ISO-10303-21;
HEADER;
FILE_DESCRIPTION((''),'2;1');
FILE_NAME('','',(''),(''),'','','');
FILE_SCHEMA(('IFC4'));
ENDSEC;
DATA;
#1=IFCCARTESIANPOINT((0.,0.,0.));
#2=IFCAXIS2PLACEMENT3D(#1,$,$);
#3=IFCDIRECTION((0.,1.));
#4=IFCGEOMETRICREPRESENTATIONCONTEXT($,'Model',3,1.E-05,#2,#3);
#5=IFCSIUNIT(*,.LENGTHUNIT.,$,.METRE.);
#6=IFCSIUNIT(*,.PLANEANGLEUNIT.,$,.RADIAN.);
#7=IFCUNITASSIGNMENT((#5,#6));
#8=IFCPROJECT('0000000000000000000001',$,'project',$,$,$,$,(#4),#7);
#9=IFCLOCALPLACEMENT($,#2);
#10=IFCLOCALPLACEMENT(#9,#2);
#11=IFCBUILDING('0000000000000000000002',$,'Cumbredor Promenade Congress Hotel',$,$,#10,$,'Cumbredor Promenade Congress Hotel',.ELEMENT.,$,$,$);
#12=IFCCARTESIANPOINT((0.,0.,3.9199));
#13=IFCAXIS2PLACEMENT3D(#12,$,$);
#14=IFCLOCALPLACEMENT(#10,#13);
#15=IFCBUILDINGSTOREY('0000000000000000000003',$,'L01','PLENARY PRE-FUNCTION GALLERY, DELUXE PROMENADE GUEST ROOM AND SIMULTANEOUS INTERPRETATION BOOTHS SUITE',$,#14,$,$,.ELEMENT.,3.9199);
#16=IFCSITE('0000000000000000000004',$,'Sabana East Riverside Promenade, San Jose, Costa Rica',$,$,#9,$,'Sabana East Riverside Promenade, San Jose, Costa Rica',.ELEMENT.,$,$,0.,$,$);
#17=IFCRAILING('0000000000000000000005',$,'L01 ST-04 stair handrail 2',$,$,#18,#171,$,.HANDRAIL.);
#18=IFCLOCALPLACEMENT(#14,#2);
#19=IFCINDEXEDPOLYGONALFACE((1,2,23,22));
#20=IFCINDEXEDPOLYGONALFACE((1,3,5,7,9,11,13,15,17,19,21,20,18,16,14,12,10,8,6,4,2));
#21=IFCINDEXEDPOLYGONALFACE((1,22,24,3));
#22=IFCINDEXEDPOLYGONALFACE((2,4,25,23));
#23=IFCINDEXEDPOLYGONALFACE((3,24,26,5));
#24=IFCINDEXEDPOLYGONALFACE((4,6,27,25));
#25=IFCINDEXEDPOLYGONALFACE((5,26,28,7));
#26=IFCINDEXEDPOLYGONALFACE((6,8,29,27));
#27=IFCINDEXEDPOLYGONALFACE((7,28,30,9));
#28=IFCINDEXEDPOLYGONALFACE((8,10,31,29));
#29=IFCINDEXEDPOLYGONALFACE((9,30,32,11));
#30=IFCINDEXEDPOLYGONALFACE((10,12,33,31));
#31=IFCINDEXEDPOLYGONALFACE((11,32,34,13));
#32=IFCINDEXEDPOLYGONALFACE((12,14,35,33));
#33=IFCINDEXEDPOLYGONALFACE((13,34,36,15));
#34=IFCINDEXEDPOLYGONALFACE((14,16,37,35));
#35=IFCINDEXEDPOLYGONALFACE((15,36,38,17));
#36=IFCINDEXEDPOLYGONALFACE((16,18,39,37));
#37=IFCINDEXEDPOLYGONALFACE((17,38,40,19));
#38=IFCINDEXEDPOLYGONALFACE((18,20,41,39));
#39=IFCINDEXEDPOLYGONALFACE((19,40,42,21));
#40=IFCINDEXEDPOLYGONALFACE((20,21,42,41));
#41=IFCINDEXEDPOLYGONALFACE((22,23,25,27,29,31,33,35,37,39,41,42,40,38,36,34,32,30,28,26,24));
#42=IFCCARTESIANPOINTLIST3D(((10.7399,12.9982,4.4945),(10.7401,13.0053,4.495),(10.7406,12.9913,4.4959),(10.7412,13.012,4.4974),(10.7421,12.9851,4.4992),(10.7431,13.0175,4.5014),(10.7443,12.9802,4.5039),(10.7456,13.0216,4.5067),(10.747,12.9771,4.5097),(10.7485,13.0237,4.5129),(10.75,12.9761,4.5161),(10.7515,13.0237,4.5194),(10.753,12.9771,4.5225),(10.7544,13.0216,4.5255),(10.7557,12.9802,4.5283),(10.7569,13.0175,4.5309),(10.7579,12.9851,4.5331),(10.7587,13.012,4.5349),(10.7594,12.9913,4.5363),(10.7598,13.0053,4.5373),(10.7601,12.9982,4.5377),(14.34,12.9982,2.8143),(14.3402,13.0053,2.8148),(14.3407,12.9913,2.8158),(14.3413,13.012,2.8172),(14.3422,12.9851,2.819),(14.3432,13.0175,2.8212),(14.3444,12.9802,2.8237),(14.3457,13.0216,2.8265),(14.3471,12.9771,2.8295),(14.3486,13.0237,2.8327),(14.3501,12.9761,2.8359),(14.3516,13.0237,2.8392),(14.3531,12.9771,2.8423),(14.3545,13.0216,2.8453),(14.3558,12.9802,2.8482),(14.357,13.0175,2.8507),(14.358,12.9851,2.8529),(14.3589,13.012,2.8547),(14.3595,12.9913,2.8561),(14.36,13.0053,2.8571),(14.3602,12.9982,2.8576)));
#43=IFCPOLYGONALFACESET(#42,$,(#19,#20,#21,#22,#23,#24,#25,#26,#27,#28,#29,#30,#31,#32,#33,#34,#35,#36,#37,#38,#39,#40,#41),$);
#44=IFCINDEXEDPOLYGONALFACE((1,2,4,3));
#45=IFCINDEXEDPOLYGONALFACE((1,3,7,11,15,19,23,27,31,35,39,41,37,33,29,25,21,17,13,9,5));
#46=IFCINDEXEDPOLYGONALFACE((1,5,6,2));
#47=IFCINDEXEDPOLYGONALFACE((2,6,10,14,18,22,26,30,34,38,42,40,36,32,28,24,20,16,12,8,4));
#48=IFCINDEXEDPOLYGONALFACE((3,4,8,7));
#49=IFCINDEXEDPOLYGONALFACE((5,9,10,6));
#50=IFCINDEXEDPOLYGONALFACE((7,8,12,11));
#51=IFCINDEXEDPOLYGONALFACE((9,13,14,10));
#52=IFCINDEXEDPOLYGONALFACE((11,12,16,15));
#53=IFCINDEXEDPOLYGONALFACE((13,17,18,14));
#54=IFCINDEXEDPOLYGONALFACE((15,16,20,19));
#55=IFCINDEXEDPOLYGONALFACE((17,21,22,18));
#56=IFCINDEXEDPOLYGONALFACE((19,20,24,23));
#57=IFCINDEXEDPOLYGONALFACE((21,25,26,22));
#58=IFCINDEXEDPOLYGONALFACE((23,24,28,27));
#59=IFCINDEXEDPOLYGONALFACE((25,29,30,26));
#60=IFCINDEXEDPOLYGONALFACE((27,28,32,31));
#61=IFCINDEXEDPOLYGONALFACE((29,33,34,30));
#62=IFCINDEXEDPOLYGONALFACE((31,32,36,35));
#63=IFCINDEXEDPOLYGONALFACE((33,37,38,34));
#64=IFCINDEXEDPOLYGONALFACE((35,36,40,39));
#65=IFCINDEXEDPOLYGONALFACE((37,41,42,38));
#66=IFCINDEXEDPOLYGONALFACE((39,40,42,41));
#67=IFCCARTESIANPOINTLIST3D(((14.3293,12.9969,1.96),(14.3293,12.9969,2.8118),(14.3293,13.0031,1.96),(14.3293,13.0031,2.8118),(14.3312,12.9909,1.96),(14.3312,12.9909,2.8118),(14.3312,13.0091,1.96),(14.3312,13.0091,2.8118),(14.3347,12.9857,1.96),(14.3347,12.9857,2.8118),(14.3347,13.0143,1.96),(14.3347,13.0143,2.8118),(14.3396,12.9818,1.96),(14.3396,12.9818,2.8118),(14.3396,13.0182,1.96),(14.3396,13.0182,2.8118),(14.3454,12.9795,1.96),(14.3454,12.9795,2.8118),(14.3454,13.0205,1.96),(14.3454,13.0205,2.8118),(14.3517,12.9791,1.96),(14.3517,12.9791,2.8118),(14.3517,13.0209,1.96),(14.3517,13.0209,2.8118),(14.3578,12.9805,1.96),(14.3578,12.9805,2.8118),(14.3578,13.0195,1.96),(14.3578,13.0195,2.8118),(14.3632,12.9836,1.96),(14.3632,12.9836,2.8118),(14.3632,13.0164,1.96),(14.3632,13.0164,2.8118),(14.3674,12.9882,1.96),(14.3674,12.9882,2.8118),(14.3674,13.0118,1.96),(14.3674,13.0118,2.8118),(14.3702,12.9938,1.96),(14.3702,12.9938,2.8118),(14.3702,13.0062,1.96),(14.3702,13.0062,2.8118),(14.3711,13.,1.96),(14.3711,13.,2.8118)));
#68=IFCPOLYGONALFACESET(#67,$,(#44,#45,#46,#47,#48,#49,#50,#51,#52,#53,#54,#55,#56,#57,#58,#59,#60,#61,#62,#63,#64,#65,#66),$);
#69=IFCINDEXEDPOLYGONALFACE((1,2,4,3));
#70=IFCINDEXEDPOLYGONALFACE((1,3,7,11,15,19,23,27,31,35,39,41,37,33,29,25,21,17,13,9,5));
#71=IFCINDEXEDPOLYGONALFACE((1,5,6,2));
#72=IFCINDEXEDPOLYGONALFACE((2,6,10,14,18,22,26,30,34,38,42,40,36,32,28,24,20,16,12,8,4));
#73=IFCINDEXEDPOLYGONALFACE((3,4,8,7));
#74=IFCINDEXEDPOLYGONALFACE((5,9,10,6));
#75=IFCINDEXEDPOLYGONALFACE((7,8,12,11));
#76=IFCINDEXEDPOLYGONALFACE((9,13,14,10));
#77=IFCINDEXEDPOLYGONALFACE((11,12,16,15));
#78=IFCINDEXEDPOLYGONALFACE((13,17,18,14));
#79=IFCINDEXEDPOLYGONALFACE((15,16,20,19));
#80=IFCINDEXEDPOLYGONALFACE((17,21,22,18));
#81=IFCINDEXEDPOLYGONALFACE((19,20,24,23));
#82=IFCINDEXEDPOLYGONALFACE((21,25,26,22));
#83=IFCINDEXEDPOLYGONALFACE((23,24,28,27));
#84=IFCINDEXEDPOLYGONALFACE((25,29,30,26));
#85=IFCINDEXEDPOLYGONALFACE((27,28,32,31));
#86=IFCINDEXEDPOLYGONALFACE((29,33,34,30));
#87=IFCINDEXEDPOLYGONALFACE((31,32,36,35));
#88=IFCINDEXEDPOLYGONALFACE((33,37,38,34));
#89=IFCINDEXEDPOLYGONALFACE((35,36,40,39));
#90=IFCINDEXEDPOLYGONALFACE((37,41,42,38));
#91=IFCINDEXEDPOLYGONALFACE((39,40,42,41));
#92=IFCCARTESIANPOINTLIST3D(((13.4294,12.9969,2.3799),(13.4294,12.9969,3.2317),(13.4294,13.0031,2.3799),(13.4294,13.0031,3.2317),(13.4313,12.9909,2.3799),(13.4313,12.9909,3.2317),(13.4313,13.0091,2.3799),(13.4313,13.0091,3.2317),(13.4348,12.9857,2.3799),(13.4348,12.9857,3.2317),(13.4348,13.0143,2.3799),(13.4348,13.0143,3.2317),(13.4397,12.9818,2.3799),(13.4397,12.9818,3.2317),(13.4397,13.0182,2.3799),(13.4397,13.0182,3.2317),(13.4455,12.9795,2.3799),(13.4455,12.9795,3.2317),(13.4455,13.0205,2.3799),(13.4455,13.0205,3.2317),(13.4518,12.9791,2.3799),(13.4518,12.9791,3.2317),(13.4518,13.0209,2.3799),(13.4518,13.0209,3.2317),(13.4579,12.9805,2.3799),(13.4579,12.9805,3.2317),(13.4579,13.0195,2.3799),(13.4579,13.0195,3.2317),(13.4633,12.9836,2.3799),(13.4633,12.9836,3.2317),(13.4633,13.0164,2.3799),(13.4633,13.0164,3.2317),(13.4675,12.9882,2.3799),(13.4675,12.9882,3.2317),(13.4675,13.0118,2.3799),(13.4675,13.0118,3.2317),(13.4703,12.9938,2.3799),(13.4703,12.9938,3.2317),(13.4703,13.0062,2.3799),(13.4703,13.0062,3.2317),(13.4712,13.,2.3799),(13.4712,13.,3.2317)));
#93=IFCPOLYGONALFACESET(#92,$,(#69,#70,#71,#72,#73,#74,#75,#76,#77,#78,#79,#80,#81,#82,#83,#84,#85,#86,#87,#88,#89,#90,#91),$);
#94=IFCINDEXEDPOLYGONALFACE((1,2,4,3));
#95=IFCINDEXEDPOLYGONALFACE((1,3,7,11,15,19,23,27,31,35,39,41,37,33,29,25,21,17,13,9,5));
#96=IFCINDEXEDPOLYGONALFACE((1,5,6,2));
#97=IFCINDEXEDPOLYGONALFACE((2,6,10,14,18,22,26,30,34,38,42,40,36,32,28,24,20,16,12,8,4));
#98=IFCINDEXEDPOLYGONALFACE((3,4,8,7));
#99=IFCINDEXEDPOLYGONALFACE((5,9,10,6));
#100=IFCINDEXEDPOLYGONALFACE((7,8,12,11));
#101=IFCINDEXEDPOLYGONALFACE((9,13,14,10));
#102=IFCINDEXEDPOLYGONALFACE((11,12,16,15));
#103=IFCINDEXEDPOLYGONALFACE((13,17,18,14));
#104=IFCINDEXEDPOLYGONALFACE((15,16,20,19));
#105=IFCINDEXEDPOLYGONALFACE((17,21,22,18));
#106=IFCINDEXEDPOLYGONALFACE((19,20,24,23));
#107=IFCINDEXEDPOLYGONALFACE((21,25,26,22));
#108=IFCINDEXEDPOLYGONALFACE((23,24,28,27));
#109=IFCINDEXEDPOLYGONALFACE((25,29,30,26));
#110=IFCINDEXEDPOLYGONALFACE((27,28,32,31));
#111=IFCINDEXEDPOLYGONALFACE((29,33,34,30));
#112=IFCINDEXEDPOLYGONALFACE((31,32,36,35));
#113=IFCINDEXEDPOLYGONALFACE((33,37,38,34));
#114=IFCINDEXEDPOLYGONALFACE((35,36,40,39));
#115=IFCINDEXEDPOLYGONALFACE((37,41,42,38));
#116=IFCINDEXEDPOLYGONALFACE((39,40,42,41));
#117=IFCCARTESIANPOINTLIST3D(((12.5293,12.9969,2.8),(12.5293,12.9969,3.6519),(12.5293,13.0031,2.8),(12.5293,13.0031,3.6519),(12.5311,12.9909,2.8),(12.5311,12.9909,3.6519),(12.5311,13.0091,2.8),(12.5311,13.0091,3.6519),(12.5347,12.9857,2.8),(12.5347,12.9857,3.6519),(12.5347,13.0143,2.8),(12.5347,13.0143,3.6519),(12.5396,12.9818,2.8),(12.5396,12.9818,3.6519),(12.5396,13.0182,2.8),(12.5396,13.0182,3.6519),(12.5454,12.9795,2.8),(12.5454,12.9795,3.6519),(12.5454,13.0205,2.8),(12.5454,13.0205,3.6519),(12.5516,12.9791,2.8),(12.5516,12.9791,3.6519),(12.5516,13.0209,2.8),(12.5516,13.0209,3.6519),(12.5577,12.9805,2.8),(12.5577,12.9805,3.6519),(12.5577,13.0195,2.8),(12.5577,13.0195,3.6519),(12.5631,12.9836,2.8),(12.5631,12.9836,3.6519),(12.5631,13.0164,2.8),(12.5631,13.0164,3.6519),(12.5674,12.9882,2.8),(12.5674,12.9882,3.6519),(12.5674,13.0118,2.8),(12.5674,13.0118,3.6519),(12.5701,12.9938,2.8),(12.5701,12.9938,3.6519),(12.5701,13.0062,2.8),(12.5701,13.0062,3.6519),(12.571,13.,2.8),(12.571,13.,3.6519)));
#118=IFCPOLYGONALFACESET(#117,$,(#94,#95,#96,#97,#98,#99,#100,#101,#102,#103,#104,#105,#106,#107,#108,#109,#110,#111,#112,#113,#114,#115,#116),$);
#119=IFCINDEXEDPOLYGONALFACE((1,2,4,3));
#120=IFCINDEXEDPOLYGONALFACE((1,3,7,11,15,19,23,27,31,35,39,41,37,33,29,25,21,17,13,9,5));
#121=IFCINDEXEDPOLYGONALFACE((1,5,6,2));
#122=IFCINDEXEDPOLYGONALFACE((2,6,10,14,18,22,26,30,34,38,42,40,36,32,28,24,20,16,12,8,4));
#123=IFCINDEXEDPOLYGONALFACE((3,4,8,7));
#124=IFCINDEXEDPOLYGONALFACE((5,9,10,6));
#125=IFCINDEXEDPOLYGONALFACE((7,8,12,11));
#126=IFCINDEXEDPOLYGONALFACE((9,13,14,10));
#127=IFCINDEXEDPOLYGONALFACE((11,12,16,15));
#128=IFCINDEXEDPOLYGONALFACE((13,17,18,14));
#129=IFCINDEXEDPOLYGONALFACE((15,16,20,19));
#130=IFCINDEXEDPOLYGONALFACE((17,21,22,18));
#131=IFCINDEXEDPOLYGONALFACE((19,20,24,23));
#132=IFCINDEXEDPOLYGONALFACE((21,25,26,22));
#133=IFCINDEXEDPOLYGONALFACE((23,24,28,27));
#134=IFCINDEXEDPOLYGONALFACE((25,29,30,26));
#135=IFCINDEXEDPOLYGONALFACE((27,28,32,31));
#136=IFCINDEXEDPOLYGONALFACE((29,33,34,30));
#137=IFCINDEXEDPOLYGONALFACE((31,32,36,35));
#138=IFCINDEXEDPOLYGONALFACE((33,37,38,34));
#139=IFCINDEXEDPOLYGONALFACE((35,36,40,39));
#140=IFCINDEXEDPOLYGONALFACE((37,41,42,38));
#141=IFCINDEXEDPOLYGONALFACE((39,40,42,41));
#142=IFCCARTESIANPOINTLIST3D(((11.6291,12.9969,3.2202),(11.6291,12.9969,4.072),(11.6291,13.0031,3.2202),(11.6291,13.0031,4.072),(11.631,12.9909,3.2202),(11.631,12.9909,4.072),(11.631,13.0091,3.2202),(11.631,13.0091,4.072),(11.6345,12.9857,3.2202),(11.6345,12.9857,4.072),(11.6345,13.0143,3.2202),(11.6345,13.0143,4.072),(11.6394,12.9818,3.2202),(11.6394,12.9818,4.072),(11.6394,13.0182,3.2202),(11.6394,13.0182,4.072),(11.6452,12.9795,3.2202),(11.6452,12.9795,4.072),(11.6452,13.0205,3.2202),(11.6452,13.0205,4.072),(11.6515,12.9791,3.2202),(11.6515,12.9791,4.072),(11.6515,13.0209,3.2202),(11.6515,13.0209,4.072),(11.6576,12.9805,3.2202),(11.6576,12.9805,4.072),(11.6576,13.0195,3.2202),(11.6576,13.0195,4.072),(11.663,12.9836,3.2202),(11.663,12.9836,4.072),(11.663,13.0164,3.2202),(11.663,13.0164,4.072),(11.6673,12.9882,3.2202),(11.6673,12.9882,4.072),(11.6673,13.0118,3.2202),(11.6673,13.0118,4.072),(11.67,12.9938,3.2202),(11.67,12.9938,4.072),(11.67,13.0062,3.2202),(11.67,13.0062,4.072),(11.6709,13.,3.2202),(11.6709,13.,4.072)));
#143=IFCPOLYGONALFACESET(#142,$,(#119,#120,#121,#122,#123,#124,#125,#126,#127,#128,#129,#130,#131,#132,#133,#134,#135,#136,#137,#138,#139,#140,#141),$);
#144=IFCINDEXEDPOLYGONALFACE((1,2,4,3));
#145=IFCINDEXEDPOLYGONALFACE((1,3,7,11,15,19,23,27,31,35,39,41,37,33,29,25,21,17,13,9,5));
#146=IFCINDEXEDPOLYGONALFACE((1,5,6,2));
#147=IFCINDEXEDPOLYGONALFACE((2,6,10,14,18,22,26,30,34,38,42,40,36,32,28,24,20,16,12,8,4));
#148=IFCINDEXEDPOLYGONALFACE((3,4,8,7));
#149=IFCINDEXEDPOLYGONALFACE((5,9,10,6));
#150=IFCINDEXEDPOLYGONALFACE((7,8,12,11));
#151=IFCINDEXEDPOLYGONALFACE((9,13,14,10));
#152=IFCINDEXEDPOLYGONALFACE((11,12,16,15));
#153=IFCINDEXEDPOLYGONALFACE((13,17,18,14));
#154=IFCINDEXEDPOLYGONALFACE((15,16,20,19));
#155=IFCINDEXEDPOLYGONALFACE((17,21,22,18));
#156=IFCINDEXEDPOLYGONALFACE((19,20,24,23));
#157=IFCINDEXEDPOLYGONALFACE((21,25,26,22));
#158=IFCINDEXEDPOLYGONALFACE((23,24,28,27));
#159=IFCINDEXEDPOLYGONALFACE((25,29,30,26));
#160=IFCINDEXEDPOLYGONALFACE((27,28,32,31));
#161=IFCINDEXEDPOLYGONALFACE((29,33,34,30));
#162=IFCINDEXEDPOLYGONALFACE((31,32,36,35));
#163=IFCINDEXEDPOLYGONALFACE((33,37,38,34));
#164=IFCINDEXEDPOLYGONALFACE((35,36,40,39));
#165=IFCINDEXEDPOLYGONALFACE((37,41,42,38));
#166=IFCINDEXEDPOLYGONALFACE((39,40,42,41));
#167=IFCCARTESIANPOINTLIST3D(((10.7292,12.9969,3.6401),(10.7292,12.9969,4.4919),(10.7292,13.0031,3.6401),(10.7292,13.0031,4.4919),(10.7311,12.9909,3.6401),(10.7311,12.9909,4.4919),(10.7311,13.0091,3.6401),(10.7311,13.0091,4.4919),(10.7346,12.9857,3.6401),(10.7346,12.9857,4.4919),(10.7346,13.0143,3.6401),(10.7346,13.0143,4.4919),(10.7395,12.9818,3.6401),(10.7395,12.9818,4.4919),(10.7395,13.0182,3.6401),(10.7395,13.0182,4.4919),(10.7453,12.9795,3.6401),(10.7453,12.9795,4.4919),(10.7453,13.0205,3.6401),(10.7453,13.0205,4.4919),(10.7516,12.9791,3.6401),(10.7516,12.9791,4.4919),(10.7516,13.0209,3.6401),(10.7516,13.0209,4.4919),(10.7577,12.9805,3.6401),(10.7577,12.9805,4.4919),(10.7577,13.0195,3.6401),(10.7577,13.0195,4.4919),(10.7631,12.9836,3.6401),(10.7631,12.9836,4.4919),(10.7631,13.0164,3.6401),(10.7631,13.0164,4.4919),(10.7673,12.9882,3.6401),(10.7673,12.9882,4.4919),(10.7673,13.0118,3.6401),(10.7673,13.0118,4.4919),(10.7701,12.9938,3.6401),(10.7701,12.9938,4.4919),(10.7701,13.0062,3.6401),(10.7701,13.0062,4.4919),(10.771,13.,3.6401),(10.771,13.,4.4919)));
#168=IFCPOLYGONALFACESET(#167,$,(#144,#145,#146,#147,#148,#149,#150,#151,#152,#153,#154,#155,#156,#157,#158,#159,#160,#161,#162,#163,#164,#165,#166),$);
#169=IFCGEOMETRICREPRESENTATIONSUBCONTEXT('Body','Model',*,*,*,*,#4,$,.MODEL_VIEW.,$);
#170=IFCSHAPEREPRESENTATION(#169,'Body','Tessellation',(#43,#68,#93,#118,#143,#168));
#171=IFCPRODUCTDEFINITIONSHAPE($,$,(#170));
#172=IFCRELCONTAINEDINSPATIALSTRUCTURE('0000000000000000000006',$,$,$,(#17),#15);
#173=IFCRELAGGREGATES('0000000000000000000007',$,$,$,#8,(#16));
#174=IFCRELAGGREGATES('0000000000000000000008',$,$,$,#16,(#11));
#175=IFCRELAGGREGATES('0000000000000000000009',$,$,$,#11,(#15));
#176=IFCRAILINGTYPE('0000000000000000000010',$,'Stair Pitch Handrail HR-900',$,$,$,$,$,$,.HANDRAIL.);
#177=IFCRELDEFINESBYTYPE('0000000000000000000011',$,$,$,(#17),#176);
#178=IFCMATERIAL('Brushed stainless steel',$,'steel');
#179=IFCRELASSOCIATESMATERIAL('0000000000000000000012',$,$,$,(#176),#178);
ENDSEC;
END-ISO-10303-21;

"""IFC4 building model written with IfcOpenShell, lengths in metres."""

from ifc_helpers import new_model, si_unit, direction, frame, origin, origin_2d, place, context, subcontext, project, spatial, circle, extrude, material, type_object, element, save


model = new_model("IFC4")

# Units and contexts
model_context = context("Model", 3, precision=1e-05, world=origin(), true_north=direction((0.0, 1.0)))
body_context = subcontext(model_context, "Body", "Model", "MODEL_VIEW")
ifc_project = project(units=[si_unit("LENGTHUNIT", "METRE"), si_unit("PLANEANGLEUNIT", "RADIAN")], contexts=[model_context])

# Site, building, storey
site_placement = place(None, origin())
site = spatial("IfcSite", under=ifc_project, at=site_placement, Name="Sabana East Riverside Promenade, San Jose, Costa Rica", LongName="Sabana East Riverside Promenade, San Jose, Costa Rica", CompositionType="ELEMENT", RefElevation=0.0)
building_placement = place(site_placement, origin())
building = spatial("IfcBuilding", under=site, at=building_placement, Name="Cumbredor Promenade Congress Hotel", LongName="Cumbredor Promenade Congress Hotel", CompositionType="ELEMENT")
storey_placement = place(building_placement, frame((0.0, 0.0, 3.9199)))
storey = spatial("IfcBuildingStorey", under=building, at=storey_placement, Name="L01", Description="PLENARY PRE-FUNCTION GALLERY, DELUXE PROMENADE GUEST ROOM AND SIMULTANEOUS INTERPRETATION BOOTHS SUITE", CompositionType="ELEMENT", Elevation=3.9199)

# Shared definitions
ifc_material_1 = material(Name="Brushed stainless steel", Category="steel")

# Railing
railing_type_1 = type_object("IfcRailingType", Name="Stair Pitch Handrail HR-900", PredefinedType="HANDRAIL", material=ifc_material_1)
railing_1_placement = place(storey_placement, frame((14.3501, 13.0, 1.96)))
element("IfcRailing", 1, at=railing_1_placement, inside=storey, type_object=railing_type_1, Name="L01 ST-04 stair handrail 2", PredefinedType="HANDRAIL", context=body_context, shape_type="SweptSolid", body=[
    extrude(circle(Radius=0.0239, at=origin_2d()), frame((0.0, 0.0, 0.876), z_axis=(-0.906171, 0.0, 0.422912), x_axis=(0.0, -1.0, 0.0)), (0.0, 0.0, 1.0), 3.9729),
    extrude(circle(Radius=0.021, at=origin_2d()), origin(), (0.0, 0.0, 1.0), 0.8518),
    extrude(circle(Radius=0.021, at=origin_2d()), frame((-0.8999, 0.0, 0.4199)), (0.0, 0.0, 1.0), 0.8518),
    extrude(circle(Radius=0.021, at=origin_2d()), frame((-1.8, 0.0, 0.8401)), (0.0, 0.0, 1.0), 0.8518),
    extrude(circle(Radius=0.021, at=origin_2d()), frame((-2.7002, 0.0, 1.2603)), (0.0, 0.0, 1.0), 0.8518),
    extrude(circle(Radius=0.021, at=origin_2d()), frame((-3.6001, 0.0, 1.6802)), (0.0, 0.0, 1.0), 0.8518),
])

save(model, "model.ifc")
